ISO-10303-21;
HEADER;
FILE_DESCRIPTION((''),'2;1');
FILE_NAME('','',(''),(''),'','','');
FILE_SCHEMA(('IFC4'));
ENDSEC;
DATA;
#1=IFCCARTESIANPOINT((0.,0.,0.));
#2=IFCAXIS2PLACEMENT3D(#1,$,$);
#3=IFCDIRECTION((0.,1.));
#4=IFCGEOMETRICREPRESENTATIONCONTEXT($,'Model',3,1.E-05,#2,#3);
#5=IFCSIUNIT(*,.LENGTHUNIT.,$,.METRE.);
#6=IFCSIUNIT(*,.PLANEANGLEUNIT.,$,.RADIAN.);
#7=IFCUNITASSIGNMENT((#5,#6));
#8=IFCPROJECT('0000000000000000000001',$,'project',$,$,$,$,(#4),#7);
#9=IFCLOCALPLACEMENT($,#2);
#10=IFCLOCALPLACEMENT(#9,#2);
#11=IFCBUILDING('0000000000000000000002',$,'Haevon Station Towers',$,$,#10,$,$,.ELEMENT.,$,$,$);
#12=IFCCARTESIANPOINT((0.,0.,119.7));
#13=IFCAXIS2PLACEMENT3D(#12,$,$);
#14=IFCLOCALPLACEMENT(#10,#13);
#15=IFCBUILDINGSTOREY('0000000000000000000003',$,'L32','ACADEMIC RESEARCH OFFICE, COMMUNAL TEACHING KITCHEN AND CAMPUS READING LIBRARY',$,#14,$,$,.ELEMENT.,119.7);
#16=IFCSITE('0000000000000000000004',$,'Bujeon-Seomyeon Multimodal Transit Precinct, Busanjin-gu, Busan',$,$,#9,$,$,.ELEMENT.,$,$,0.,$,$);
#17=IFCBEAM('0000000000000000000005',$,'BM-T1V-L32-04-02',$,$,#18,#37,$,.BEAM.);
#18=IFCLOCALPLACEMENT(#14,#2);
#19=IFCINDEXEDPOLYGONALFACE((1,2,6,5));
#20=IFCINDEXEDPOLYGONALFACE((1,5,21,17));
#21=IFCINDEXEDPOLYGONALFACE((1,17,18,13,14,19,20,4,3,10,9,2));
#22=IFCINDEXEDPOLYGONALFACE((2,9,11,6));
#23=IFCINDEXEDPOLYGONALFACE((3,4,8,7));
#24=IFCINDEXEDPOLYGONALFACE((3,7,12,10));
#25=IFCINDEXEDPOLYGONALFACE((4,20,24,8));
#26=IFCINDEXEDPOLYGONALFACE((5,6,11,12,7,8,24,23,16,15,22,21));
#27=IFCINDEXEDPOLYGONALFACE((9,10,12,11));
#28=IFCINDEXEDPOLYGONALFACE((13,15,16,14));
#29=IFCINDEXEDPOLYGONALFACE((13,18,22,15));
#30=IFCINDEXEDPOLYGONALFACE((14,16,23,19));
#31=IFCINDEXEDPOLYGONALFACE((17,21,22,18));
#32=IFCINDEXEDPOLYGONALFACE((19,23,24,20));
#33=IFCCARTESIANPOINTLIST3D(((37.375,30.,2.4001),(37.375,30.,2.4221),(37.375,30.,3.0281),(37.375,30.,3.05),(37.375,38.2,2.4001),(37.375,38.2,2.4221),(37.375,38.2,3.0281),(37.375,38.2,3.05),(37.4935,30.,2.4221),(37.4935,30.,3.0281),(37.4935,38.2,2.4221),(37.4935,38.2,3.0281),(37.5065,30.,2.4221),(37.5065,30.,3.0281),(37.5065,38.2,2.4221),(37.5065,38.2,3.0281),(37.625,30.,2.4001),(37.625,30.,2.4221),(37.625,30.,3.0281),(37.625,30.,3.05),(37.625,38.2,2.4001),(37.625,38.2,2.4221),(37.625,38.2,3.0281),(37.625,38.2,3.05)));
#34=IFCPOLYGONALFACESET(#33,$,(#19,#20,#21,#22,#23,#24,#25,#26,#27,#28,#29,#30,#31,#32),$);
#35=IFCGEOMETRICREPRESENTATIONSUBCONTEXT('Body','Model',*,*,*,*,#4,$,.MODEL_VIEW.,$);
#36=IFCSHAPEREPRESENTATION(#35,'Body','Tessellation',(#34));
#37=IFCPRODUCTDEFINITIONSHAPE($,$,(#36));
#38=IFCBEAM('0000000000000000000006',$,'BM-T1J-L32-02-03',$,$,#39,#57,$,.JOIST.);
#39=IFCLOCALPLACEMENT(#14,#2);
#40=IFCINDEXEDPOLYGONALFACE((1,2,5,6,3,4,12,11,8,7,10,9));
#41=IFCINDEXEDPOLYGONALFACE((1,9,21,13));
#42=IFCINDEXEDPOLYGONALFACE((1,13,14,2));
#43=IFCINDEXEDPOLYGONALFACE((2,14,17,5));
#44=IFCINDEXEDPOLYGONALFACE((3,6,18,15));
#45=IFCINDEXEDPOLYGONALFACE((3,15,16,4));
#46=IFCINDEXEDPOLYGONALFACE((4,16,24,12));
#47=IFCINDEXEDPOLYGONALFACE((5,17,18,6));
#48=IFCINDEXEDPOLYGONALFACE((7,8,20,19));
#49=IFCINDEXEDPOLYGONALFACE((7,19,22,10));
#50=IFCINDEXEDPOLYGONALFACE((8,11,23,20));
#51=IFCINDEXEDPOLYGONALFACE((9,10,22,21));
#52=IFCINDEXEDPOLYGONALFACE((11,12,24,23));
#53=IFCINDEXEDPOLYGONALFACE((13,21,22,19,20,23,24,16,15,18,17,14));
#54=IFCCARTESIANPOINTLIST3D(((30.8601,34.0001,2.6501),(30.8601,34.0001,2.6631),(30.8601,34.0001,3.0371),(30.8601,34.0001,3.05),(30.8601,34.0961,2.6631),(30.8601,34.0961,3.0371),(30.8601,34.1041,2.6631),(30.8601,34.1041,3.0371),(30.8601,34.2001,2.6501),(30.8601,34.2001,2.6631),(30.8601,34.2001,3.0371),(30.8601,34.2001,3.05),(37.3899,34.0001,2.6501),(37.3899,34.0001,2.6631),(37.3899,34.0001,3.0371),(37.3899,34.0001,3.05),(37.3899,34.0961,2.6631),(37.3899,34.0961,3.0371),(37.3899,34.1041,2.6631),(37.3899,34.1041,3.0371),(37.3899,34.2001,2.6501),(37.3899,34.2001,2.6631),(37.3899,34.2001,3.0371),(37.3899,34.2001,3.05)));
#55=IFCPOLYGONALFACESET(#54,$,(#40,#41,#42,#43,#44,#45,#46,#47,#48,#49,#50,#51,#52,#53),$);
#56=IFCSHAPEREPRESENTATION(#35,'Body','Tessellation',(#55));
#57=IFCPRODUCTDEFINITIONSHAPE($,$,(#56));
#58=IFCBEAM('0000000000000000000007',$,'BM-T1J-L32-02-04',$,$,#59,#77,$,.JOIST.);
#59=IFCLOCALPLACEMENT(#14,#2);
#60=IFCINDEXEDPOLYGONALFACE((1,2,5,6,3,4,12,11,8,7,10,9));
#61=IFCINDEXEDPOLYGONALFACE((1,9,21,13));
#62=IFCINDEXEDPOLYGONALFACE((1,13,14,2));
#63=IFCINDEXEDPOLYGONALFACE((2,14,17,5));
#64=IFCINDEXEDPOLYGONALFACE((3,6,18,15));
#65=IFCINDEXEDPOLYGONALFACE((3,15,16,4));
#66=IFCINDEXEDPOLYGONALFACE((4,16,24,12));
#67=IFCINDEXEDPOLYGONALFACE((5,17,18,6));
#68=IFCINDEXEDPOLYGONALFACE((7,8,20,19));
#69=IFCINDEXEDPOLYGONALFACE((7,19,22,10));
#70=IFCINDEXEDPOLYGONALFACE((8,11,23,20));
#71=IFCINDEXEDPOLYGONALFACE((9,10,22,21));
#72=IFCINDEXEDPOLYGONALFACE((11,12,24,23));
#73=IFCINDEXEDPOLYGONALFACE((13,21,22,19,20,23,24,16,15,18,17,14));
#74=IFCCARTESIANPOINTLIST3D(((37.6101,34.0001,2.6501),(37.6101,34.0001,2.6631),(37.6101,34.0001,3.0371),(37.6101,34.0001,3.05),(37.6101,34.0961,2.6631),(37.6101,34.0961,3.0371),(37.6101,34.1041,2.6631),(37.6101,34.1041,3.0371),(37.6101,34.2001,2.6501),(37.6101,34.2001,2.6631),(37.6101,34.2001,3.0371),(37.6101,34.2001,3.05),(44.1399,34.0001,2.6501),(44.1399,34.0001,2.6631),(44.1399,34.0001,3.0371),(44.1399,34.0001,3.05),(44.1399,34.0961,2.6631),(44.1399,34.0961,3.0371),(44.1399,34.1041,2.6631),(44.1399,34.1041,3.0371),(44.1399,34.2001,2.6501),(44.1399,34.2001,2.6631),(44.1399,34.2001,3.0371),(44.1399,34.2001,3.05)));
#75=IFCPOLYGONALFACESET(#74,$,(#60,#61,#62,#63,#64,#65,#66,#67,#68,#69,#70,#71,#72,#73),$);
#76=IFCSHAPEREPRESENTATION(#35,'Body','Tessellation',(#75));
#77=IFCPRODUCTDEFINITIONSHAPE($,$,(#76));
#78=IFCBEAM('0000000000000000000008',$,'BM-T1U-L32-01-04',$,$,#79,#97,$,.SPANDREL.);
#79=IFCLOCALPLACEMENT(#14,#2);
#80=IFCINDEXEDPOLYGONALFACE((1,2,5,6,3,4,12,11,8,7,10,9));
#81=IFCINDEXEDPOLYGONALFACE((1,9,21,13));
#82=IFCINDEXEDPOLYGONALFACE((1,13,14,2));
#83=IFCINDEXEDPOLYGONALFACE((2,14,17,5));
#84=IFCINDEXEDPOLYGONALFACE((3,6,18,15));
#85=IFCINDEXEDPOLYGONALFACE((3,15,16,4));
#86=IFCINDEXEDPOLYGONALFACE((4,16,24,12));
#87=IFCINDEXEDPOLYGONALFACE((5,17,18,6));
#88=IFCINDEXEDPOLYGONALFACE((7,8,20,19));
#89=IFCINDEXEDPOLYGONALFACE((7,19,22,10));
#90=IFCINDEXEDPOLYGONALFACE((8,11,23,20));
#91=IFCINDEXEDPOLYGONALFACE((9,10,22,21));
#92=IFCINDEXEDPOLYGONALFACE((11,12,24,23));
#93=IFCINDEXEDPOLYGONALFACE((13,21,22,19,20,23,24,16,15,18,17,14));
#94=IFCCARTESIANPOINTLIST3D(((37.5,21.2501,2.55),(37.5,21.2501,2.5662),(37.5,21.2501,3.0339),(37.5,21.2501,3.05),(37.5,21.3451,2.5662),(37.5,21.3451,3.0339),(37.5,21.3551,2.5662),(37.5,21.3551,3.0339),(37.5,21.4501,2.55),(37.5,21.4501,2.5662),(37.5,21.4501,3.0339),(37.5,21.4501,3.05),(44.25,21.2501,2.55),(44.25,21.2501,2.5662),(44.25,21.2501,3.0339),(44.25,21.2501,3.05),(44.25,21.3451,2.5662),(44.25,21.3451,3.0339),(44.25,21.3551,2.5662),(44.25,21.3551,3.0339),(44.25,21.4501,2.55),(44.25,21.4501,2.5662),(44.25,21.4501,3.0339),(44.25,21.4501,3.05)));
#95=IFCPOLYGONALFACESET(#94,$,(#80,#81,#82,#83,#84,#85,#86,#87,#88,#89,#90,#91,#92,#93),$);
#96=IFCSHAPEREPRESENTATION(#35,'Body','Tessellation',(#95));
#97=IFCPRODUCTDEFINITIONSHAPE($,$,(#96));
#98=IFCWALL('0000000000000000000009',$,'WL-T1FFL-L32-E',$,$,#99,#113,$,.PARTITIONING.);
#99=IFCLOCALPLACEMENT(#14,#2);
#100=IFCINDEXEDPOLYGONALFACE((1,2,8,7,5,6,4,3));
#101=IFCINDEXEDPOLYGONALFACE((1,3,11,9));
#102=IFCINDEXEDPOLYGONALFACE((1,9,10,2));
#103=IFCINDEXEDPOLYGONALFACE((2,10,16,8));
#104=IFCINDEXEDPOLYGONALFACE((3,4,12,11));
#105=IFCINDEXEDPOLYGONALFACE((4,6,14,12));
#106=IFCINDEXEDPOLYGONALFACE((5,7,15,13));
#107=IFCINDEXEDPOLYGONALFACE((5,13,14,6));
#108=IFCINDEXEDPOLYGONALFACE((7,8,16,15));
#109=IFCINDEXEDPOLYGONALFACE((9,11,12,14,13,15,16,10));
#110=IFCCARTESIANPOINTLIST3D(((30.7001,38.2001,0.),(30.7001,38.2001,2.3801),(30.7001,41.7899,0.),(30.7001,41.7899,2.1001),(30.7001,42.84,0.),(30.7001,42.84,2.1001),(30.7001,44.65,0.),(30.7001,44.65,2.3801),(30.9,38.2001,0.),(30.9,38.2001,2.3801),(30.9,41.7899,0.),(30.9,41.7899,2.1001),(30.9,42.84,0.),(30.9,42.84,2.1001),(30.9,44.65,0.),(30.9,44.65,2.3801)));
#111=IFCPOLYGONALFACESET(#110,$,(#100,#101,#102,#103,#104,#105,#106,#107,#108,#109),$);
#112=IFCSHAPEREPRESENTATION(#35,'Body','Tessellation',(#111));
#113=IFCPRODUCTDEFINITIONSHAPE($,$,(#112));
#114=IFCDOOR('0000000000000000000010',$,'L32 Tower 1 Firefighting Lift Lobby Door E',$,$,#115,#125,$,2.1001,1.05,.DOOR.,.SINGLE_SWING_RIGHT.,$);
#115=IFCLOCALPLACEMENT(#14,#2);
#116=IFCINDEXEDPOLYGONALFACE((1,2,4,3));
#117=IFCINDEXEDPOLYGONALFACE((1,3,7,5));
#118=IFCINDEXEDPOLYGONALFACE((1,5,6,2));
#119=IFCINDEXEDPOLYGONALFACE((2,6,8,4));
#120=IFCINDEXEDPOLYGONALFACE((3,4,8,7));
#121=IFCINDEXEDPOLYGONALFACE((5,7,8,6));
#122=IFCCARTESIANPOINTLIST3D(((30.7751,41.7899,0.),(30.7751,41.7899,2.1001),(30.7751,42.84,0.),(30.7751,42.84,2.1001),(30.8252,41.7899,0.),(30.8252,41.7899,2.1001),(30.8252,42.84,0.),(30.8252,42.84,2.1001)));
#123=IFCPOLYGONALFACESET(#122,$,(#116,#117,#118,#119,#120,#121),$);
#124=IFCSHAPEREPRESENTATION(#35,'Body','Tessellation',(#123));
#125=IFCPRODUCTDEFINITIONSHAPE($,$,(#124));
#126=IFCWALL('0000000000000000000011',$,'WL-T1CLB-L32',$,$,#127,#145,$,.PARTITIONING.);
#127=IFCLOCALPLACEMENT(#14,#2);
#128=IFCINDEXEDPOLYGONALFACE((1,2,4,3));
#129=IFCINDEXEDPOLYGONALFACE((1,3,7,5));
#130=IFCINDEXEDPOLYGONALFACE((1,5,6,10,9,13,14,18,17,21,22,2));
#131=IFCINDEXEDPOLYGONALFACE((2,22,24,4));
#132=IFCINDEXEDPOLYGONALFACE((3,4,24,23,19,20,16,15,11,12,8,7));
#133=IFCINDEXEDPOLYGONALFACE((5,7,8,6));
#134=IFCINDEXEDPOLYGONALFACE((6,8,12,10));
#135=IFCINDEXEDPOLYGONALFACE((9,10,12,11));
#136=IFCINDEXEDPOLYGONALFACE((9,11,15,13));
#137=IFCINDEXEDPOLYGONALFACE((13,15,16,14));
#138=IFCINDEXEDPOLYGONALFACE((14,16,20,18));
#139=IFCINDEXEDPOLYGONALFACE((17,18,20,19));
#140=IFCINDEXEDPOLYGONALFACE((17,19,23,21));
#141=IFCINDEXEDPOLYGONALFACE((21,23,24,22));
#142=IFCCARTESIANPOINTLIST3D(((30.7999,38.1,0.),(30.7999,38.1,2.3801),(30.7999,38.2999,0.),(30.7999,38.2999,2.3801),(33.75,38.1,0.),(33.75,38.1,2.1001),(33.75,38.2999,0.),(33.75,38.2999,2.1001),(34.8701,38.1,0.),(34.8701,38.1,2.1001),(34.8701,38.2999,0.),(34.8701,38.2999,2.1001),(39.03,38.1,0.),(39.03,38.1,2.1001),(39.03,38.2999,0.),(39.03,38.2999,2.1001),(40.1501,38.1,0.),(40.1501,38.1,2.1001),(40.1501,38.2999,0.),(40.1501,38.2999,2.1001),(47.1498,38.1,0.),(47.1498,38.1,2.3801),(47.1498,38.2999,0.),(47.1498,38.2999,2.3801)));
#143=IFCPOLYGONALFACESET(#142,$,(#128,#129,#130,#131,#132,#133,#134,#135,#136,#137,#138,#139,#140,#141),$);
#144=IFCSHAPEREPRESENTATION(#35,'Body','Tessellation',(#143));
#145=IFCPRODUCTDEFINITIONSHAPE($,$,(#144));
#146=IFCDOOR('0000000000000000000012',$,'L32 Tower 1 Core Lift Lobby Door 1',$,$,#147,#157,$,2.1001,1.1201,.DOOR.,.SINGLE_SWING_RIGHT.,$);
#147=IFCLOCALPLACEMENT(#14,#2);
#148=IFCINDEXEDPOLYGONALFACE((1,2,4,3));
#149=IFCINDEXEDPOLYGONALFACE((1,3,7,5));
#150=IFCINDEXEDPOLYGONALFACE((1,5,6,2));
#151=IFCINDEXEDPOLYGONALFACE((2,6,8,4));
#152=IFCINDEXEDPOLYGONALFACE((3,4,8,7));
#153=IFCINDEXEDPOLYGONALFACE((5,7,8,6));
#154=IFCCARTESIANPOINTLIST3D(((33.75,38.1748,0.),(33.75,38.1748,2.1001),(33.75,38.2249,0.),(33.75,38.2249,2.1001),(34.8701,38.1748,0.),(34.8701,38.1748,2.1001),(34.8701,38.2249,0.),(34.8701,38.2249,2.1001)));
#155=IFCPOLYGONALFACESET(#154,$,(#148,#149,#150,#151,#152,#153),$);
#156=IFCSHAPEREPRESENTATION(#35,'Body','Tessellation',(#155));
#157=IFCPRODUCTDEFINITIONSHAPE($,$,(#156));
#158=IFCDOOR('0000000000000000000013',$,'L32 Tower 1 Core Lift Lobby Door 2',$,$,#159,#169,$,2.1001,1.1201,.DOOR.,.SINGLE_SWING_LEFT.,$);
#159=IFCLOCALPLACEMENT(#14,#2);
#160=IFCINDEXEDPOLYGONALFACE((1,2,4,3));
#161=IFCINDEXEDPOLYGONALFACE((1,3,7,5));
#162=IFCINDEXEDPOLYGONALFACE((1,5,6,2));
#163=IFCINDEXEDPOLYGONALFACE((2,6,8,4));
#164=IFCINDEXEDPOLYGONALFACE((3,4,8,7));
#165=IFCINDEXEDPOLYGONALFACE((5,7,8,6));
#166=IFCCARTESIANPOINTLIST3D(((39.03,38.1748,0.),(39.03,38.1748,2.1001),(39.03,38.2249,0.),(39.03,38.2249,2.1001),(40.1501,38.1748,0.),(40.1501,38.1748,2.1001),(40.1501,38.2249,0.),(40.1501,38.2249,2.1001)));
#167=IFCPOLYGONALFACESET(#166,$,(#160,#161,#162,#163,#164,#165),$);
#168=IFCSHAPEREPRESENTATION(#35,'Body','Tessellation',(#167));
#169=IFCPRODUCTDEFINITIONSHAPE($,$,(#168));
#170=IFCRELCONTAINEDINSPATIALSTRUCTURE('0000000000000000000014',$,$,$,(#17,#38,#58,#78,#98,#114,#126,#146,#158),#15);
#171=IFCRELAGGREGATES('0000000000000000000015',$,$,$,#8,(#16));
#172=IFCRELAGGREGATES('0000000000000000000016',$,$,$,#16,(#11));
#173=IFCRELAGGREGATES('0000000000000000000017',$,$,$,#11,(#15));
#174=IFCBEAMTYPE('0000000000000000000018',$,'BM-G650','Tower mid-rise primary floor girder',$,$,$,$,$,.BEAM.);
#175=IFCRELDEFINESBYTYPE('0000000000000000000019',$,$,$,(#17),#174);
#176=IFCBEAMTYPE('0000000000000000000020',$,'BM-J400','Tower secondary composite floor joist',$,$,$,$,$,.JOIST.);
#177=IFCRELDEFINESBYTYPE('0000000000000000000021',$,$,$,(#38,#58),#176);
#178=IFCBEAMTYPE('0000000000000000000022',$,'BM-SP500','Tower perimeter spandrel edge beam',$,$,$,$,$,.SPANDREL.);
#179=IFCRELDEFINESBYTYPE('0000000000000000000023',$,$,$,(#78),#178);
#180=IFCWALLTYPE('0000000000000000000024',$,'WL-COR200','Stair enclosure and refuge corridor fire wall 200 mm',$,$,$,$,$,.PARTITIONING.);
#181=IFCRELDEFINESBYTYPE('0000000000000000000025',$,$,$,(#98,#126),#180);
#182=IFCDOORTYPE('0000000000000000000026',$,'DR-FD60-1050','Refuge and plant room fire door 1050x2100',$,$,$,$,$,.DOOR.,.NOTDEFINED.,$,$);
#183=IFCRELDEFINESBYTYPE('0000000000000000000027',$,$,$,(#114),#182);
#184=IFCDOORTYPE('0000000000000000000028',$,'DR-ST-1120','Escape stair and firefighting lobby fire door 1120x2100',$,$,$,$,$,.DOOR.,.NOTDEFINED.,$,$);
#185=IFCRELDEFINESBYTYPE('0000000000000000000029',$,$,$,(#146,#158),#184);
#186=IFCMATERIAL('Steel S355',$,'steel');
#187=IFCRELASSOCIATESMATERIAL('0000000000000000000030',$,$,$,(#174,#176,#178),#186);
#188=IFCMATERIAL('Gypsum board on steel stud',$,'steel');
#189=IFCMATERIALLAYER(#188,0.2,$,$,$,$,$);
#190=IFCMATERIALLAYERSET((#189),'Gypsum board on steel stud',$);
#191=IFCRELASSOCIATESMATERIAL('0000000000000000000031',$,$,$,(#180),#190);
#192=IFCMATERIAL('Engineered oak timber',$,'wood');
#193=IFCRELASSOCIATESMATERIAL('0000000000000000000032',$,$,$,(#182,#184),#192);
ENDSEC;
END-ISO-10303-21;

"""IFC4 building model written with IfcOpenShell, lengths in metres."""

from ifc_helpers import new_model, si_unit, direction, frame, frame_2d, origin, origin_2d, place, context, subcontext, project, spatial, rectangle, i_section, extrude, material, layer, layer_set, material_profile, profile_set, type_object, element, fill, save


model = new_model("IFC4")

# Units and contexts
model_context = context("Model", 3, precision=1e-05, world=origin(), true_north=direction((0.0, 1.0)))
body_context = subcontext(model_context, "Body", "Model", "MODEL_VIEW")
ifc_project = project(units=[si_unit("LENGTHUNIT", "METRE"), si_unit("PLANEANGLEUNIT", "RADIAN")], contexts=[model_context])

# Site, building, storey
site_placement = place(None, origin())
site = spatial("IfcSite", under=ifc_project, at=site_placement, Name="Bujeon-Seomyeon Multimodal Transit Precinct, Busanjin-gu, Busan", CompositionType="ELEMENT", RefElevation=0.0)
building_placement = place(site_placement, origin())
building = spatial("IfcBuilding", under=site, at=building_placement, Name="Haevon Station Towers", CompositionType="ELEMENT")
storey_placement = place(building_placement, frame((0.0, 0.0, 119.7)))
storey = spatial("IfcBuildingStorey", under=building, at=storey_placement, Name="L32", Description="ACADEMIC RESEARCH OFFICE, COMMUNAL TEACHING KITCHEN AND CAMPUS READING LIBRARY", CompositionType="ELEMENT", Elevation=119.7)

# Beams
ifc_material_1 = material(Name="Steel S355", Category="steel")
ifc_material_profile_1 = material_profile(ifc_material_1, i_section(OverallWidth=0.25, OverallDepth=0.6499, WebThickness=0.0129, FlangeThickness=0.022, at=origin_2d()), Name="H-650x250x13x22")
ifc_profile_set_1 = profile_set([ifc_material_profile_1], Name="Steel S355")
beam_type_1 = type_object("IfcBeamType", Name="BM-G650", Description="Tower mid-rise primary floor girder", PredefinedType="BEAM", material=ifc_profile_set_1)
beam_1_placement = place(storey_placement, frame((37.5, 30.0, 2.7251), z_axis=(0.0, 1.0, 0.0), x_axis=(-1.0, 0.0, 0.0)))
element("IfcBeam", 1, at=beam_1_placement, inside=storey, type_object=beam_type_1, Name="BM-T1V-L32-04-02", PredefinedType="BEAM", context=body_context, shape_type="SweptSolid", body=[
    extrude(i_section(OverallWidth=0.25, OverallDepth=0.6499, WebThickness=0.0129, FlangeThickness=0.022, at=origin_2d()), origin(), (0.0, 0.0, 1.0), 8.2),
])
ifc_material_profile_2 = material_profile(ifc_material_1, i_section(OverallWidth=0.2, OverallDepth=0.3999, WebThickness=0.0081, FlangeThickness=0.0129, at=origin_2d()), Name="H-400x200x8x13")
ifc_profile_set_2 = profile_set([ifc_material_profile_2], Name="Steel S355")
beam_type_2 = type_object("IfcBeamType", Name="BM-J400", Description="Tower secondary composite floor joist", PredefinedType="JOIST", material=ifc_profile_set_2)
for number, where, z_axis, x_axis, name in (
    (2, (30.8601, 34.1001, 2.8501), (1.0, 0.0, 0.0), (0.0, 1.0, 0.0), "BM-T1J-L32-02-03"),
    (3, (37.6101, 34.1001, 2.8501), (1.0, 0.0, 0.0), (0.0, 1.0, 0.0), "BM-T1J-L32-02-04"),
):
    element("IfcBeam", number, at=place(storey_placement, frame(where, z_axis=z_axis, x_axis=x_axis)), inside=storey, type_object=beam_type_2, Name=name, PredefinedType="JOIST", context=body_context, shape_type="SweptSolid", body=[
        extrude(i_section(OverallWidth=0.2, OverallDepth=0.3999, WebThickness=0.0081, FlangeThickness=0.0129, at=origin_2d()), origin(), (0.0, 0.0, 1.0), 6.5298),
    ])
ifc_material_profile_3 = material_profile(ifc_material_1, i_section(OverallWidth=0.2, OverallDepth=0.5, WebThickness=0.01, FlangeThickness=0.0161, at=origin_2d()), Name="H-500x200x10x16")
ifc_profile_set_3 = profile_set([ifc_material_profile_3], Name="Steel S355")
beam_type_3 = type_object("IfcBeamType", Name="BM-SP500", Description="Tower perimeter spandrel edge beam", PredefinedType="SPANDREL", material=ifc_profile_set_3)
beam_2_placement = place(storey_placement, frame((37.5, 21.3501, 2.8), z_axis=(1.0, 0.0, 0.0), x_axis=(0.0, 1.0, 0.0)))
element("IfcBeam", 4, at=beam_2_placement, inside=storey, type_object=beam_type_3, Name="BM-T1U-L32-01-04", PredefinedType="SPANDREL", context=body_context, shape_type="SweptSolid", body=[
    extrude(i_section(OverallWidth=0.2, OverallDepth=0.5, WebThickness=0.01, FlangeThickness=0.0161, at=origin_2d()), origin(), (0.0, 0.0, 1.0), 6.75),
])

# Wall, opening, door
ifc_material_2 = material(Name="Gypsum board on steel stud", Category="steel")
ifc_layer_1 = layer(ifc_material_2, 0.2)
ifc_layer_set_1 = layer_set([ifc_layer_1], Name="Gypsum board on steel stud")
wall_type_1 = type_object("IfcWallType", Name="WL-COR200", Description="Stair enclosure and refuge corridor fire wall 200 mm", PredefinedType="PARTITIONING", material=ifc_layer_set_1)
wall_1_placement = place(storey_placement, frame((30.8, 38.2, 0.0), z_axis=(0.0, 0.0, 1.0), x_axis=(0.0, 1.0, 0.0)))
wall_1 = element("IfcWall", 5, at=wall_1_placement, inside=storey, type_object=wall_type_1, Name="WL-T1FFL-L32-E", PredefinedType="PARTITIONING", context=body_context, shape_type="SweptSolid", body=[
    extrude(rectangle(XDim=6.45, YDim=0.2, at=frame_2d((3.2251, 0.0))), origin(), (0.0, 0.0, 1.0), 2.3801),
])
opening_1_placement = place(wall_1_placement, frame((3.5901, 0.0, 0.0)))
opening_1 = element("IfcOpeningElement", 6, at=opening_1_placement, cuts=wall_1, PredefinedType="OPENING", context=body_context, shape_type="SweptSolid", body=[
    extrude(rectangle(XDim=1.05, YDim=2.1001, at=frame_2d((0.5249, 1.05))), frame((0.0, 0.1099, 0.0), z_axis=(0.0, -1.0, 0.0), x_axis=(1.0, 0.0, 0.0)), (0.0, 0.0, 1.0), 0.22),
])
ifc_material_3 = material(Name="Engineered oak timber", Category="wood")
door_type_1 = type_object("IfcDoorType", Name="DR-FD60-1050", Description="Refuge and plant room fire door 1050x2100", OperationType="NOTDEFINED", PredefinedType="DOOR", material=ifc_material_3)
door_1_placement = place(opening_1_placement, origin())
door_1 = element("IfcDoor", 7, at=door_1_placement, inside=storey, type_object=door_type_1, Name="L32 Tower 1 Firefighting Lift Lobby Door E", OperationType="SINGLE_SWING_RIGHT", OverallHeight=2.1001, OverallWidth=1.05, PredefinedType="DOOR", context=body_context, shape_type="SweptSolid", body=[
    extrude(rectangle(XDim=1.05, YDim=2.1001, at=frame_2d((0.5249, 1.05))), frame((0.0, 0.0249, 0.0), z_axis=(0.0, -1.0, 0.0), x_axis=(1.0, 0.0, 0.0)), (0.0, 0.0, 1.0), 0.05),
])
fill(opening_1, door_1)

# Wall, openings, doors
wall_2_placement = place(storey_placement, frame((30.8, 38.2, 0.0), z_axis=(0.0, 0.0, 1.0), x_axis=(1.0, 0.0, 0.0)))
wall_2 = element("IfcWall", 8, at=wall_2_placement, inside=storey, type_object=wall_type_1, Name="WL-T1CLB-L32", PredefinedType="PARTITIONING", context=body_context, shape_type="SweptSolid", body=[
    extrude(rectangle(XDim=16.3499, YDim=0.2, at=frame_2d((8.1748, 0.0))), origin(), (0.0, 0.0, 1.0), 2.3801),
])
opening_2_placement = place(wall_2_placement, frame((2.95, 0.0, 0.0)))
opening_2 = element("IfcOpeningElement", 9, at=opening_2_placement, cuts=wall_2, PredefinedType="OPENING", context=body_context, shape_type="SweptSolid", body=[
    extrude(rectangle(XDim=1.1201, YDim=2.1001, at=frame_2d((0.5601, 1.05))), frame((0.0, 0.1099, 0.0), z_axis=(0.0, -1.0, 0.0), x_axis=(1.0, 0.0, 0.0)), (0.0, 0.0, 1.0), 0.22),
])
opening_3_placement = place(wall_2_placement, frame((8.23, 0.0, 0.0)))
opening_3 = element("IfcOpeningElement", 10, at=opening_3_placement, cuts=wall_2, PredefinedType="OPENING", context=body_context, shape_type="SweptSolid", body=[
    extrude(rectangle(XDim=1.1201, YDim=2.1001, at=frame_2d((0.5601, 1.05))), frame((0.0, 0.1099, 0.0), z_axis=(0.0, -1.0, 0.0), x_axis=(1.0, 0.0, 0.0)), (0.0, 0.0, 1.0), 0.22),
])
door_type_2 = type_object("IfcDoorType", Name="DR-ST-1120", Description="Escape stair and firefighting lobby fire door 1120x2100", OperationType="NOTDEFINED", PredefinedType="DOOR", material=ifc_material_3)
door_2_placement = place(opening_2_placement, origin())
door_2 = element("IfcDoor", 11, at=door_2_placement, inside=storey, type_object=door_type_2, Name="L32 Tower 1 Core Lift Lobby Door 1", OperationType="SINGLE_SWING_RIGHT", OverallHeight=2.1001, OverallWidth=1.1201, PredefinedType="DOOR", context=body_context, shape_type="SweptSolid", body=[
    extrude(rectangle(XDim=1.1201, YDim=2.1001, at=frame_2d((0.5601, 1.05))), frame((0.0, 0.0249, 0.0), z_axis=(0.0, -1.0, 0.0), x_axis=(1.0, 0.0, 0.0)), (0.0, 0.0, 1.0), 0.05),
])
fill(opening_2, door_2)
door_3_placement = place(opening_3_placement, origin())
door_3 = element("IfcDoor", 12, at=door_3_placement, inside=storey, type_object=door_type_2, Name="L32 Tower 1 Core Lift Lobby Door 2", OperationType="SINGLE_SWING_LEFT", OverallHeight=2.1001, OverallWidth=1.1201, PredefinedType="DOOR", context=body_context, shape_type="SweptSolid", body=[
    extrude(rectangle(XDim=1.1201, YDim=2.1001, at=frame_2d((0.5601, 1.05))), frame((0.0, 0.0249, 0.0), z_axis=(0.0, -1.0, 0.0), x_axis=(1.0, 0.0, 0.0)), (0.0, 0.0, 1.0), 0.05),
])
fill(opening_3, door_3)

save(model, "model.ifc")
